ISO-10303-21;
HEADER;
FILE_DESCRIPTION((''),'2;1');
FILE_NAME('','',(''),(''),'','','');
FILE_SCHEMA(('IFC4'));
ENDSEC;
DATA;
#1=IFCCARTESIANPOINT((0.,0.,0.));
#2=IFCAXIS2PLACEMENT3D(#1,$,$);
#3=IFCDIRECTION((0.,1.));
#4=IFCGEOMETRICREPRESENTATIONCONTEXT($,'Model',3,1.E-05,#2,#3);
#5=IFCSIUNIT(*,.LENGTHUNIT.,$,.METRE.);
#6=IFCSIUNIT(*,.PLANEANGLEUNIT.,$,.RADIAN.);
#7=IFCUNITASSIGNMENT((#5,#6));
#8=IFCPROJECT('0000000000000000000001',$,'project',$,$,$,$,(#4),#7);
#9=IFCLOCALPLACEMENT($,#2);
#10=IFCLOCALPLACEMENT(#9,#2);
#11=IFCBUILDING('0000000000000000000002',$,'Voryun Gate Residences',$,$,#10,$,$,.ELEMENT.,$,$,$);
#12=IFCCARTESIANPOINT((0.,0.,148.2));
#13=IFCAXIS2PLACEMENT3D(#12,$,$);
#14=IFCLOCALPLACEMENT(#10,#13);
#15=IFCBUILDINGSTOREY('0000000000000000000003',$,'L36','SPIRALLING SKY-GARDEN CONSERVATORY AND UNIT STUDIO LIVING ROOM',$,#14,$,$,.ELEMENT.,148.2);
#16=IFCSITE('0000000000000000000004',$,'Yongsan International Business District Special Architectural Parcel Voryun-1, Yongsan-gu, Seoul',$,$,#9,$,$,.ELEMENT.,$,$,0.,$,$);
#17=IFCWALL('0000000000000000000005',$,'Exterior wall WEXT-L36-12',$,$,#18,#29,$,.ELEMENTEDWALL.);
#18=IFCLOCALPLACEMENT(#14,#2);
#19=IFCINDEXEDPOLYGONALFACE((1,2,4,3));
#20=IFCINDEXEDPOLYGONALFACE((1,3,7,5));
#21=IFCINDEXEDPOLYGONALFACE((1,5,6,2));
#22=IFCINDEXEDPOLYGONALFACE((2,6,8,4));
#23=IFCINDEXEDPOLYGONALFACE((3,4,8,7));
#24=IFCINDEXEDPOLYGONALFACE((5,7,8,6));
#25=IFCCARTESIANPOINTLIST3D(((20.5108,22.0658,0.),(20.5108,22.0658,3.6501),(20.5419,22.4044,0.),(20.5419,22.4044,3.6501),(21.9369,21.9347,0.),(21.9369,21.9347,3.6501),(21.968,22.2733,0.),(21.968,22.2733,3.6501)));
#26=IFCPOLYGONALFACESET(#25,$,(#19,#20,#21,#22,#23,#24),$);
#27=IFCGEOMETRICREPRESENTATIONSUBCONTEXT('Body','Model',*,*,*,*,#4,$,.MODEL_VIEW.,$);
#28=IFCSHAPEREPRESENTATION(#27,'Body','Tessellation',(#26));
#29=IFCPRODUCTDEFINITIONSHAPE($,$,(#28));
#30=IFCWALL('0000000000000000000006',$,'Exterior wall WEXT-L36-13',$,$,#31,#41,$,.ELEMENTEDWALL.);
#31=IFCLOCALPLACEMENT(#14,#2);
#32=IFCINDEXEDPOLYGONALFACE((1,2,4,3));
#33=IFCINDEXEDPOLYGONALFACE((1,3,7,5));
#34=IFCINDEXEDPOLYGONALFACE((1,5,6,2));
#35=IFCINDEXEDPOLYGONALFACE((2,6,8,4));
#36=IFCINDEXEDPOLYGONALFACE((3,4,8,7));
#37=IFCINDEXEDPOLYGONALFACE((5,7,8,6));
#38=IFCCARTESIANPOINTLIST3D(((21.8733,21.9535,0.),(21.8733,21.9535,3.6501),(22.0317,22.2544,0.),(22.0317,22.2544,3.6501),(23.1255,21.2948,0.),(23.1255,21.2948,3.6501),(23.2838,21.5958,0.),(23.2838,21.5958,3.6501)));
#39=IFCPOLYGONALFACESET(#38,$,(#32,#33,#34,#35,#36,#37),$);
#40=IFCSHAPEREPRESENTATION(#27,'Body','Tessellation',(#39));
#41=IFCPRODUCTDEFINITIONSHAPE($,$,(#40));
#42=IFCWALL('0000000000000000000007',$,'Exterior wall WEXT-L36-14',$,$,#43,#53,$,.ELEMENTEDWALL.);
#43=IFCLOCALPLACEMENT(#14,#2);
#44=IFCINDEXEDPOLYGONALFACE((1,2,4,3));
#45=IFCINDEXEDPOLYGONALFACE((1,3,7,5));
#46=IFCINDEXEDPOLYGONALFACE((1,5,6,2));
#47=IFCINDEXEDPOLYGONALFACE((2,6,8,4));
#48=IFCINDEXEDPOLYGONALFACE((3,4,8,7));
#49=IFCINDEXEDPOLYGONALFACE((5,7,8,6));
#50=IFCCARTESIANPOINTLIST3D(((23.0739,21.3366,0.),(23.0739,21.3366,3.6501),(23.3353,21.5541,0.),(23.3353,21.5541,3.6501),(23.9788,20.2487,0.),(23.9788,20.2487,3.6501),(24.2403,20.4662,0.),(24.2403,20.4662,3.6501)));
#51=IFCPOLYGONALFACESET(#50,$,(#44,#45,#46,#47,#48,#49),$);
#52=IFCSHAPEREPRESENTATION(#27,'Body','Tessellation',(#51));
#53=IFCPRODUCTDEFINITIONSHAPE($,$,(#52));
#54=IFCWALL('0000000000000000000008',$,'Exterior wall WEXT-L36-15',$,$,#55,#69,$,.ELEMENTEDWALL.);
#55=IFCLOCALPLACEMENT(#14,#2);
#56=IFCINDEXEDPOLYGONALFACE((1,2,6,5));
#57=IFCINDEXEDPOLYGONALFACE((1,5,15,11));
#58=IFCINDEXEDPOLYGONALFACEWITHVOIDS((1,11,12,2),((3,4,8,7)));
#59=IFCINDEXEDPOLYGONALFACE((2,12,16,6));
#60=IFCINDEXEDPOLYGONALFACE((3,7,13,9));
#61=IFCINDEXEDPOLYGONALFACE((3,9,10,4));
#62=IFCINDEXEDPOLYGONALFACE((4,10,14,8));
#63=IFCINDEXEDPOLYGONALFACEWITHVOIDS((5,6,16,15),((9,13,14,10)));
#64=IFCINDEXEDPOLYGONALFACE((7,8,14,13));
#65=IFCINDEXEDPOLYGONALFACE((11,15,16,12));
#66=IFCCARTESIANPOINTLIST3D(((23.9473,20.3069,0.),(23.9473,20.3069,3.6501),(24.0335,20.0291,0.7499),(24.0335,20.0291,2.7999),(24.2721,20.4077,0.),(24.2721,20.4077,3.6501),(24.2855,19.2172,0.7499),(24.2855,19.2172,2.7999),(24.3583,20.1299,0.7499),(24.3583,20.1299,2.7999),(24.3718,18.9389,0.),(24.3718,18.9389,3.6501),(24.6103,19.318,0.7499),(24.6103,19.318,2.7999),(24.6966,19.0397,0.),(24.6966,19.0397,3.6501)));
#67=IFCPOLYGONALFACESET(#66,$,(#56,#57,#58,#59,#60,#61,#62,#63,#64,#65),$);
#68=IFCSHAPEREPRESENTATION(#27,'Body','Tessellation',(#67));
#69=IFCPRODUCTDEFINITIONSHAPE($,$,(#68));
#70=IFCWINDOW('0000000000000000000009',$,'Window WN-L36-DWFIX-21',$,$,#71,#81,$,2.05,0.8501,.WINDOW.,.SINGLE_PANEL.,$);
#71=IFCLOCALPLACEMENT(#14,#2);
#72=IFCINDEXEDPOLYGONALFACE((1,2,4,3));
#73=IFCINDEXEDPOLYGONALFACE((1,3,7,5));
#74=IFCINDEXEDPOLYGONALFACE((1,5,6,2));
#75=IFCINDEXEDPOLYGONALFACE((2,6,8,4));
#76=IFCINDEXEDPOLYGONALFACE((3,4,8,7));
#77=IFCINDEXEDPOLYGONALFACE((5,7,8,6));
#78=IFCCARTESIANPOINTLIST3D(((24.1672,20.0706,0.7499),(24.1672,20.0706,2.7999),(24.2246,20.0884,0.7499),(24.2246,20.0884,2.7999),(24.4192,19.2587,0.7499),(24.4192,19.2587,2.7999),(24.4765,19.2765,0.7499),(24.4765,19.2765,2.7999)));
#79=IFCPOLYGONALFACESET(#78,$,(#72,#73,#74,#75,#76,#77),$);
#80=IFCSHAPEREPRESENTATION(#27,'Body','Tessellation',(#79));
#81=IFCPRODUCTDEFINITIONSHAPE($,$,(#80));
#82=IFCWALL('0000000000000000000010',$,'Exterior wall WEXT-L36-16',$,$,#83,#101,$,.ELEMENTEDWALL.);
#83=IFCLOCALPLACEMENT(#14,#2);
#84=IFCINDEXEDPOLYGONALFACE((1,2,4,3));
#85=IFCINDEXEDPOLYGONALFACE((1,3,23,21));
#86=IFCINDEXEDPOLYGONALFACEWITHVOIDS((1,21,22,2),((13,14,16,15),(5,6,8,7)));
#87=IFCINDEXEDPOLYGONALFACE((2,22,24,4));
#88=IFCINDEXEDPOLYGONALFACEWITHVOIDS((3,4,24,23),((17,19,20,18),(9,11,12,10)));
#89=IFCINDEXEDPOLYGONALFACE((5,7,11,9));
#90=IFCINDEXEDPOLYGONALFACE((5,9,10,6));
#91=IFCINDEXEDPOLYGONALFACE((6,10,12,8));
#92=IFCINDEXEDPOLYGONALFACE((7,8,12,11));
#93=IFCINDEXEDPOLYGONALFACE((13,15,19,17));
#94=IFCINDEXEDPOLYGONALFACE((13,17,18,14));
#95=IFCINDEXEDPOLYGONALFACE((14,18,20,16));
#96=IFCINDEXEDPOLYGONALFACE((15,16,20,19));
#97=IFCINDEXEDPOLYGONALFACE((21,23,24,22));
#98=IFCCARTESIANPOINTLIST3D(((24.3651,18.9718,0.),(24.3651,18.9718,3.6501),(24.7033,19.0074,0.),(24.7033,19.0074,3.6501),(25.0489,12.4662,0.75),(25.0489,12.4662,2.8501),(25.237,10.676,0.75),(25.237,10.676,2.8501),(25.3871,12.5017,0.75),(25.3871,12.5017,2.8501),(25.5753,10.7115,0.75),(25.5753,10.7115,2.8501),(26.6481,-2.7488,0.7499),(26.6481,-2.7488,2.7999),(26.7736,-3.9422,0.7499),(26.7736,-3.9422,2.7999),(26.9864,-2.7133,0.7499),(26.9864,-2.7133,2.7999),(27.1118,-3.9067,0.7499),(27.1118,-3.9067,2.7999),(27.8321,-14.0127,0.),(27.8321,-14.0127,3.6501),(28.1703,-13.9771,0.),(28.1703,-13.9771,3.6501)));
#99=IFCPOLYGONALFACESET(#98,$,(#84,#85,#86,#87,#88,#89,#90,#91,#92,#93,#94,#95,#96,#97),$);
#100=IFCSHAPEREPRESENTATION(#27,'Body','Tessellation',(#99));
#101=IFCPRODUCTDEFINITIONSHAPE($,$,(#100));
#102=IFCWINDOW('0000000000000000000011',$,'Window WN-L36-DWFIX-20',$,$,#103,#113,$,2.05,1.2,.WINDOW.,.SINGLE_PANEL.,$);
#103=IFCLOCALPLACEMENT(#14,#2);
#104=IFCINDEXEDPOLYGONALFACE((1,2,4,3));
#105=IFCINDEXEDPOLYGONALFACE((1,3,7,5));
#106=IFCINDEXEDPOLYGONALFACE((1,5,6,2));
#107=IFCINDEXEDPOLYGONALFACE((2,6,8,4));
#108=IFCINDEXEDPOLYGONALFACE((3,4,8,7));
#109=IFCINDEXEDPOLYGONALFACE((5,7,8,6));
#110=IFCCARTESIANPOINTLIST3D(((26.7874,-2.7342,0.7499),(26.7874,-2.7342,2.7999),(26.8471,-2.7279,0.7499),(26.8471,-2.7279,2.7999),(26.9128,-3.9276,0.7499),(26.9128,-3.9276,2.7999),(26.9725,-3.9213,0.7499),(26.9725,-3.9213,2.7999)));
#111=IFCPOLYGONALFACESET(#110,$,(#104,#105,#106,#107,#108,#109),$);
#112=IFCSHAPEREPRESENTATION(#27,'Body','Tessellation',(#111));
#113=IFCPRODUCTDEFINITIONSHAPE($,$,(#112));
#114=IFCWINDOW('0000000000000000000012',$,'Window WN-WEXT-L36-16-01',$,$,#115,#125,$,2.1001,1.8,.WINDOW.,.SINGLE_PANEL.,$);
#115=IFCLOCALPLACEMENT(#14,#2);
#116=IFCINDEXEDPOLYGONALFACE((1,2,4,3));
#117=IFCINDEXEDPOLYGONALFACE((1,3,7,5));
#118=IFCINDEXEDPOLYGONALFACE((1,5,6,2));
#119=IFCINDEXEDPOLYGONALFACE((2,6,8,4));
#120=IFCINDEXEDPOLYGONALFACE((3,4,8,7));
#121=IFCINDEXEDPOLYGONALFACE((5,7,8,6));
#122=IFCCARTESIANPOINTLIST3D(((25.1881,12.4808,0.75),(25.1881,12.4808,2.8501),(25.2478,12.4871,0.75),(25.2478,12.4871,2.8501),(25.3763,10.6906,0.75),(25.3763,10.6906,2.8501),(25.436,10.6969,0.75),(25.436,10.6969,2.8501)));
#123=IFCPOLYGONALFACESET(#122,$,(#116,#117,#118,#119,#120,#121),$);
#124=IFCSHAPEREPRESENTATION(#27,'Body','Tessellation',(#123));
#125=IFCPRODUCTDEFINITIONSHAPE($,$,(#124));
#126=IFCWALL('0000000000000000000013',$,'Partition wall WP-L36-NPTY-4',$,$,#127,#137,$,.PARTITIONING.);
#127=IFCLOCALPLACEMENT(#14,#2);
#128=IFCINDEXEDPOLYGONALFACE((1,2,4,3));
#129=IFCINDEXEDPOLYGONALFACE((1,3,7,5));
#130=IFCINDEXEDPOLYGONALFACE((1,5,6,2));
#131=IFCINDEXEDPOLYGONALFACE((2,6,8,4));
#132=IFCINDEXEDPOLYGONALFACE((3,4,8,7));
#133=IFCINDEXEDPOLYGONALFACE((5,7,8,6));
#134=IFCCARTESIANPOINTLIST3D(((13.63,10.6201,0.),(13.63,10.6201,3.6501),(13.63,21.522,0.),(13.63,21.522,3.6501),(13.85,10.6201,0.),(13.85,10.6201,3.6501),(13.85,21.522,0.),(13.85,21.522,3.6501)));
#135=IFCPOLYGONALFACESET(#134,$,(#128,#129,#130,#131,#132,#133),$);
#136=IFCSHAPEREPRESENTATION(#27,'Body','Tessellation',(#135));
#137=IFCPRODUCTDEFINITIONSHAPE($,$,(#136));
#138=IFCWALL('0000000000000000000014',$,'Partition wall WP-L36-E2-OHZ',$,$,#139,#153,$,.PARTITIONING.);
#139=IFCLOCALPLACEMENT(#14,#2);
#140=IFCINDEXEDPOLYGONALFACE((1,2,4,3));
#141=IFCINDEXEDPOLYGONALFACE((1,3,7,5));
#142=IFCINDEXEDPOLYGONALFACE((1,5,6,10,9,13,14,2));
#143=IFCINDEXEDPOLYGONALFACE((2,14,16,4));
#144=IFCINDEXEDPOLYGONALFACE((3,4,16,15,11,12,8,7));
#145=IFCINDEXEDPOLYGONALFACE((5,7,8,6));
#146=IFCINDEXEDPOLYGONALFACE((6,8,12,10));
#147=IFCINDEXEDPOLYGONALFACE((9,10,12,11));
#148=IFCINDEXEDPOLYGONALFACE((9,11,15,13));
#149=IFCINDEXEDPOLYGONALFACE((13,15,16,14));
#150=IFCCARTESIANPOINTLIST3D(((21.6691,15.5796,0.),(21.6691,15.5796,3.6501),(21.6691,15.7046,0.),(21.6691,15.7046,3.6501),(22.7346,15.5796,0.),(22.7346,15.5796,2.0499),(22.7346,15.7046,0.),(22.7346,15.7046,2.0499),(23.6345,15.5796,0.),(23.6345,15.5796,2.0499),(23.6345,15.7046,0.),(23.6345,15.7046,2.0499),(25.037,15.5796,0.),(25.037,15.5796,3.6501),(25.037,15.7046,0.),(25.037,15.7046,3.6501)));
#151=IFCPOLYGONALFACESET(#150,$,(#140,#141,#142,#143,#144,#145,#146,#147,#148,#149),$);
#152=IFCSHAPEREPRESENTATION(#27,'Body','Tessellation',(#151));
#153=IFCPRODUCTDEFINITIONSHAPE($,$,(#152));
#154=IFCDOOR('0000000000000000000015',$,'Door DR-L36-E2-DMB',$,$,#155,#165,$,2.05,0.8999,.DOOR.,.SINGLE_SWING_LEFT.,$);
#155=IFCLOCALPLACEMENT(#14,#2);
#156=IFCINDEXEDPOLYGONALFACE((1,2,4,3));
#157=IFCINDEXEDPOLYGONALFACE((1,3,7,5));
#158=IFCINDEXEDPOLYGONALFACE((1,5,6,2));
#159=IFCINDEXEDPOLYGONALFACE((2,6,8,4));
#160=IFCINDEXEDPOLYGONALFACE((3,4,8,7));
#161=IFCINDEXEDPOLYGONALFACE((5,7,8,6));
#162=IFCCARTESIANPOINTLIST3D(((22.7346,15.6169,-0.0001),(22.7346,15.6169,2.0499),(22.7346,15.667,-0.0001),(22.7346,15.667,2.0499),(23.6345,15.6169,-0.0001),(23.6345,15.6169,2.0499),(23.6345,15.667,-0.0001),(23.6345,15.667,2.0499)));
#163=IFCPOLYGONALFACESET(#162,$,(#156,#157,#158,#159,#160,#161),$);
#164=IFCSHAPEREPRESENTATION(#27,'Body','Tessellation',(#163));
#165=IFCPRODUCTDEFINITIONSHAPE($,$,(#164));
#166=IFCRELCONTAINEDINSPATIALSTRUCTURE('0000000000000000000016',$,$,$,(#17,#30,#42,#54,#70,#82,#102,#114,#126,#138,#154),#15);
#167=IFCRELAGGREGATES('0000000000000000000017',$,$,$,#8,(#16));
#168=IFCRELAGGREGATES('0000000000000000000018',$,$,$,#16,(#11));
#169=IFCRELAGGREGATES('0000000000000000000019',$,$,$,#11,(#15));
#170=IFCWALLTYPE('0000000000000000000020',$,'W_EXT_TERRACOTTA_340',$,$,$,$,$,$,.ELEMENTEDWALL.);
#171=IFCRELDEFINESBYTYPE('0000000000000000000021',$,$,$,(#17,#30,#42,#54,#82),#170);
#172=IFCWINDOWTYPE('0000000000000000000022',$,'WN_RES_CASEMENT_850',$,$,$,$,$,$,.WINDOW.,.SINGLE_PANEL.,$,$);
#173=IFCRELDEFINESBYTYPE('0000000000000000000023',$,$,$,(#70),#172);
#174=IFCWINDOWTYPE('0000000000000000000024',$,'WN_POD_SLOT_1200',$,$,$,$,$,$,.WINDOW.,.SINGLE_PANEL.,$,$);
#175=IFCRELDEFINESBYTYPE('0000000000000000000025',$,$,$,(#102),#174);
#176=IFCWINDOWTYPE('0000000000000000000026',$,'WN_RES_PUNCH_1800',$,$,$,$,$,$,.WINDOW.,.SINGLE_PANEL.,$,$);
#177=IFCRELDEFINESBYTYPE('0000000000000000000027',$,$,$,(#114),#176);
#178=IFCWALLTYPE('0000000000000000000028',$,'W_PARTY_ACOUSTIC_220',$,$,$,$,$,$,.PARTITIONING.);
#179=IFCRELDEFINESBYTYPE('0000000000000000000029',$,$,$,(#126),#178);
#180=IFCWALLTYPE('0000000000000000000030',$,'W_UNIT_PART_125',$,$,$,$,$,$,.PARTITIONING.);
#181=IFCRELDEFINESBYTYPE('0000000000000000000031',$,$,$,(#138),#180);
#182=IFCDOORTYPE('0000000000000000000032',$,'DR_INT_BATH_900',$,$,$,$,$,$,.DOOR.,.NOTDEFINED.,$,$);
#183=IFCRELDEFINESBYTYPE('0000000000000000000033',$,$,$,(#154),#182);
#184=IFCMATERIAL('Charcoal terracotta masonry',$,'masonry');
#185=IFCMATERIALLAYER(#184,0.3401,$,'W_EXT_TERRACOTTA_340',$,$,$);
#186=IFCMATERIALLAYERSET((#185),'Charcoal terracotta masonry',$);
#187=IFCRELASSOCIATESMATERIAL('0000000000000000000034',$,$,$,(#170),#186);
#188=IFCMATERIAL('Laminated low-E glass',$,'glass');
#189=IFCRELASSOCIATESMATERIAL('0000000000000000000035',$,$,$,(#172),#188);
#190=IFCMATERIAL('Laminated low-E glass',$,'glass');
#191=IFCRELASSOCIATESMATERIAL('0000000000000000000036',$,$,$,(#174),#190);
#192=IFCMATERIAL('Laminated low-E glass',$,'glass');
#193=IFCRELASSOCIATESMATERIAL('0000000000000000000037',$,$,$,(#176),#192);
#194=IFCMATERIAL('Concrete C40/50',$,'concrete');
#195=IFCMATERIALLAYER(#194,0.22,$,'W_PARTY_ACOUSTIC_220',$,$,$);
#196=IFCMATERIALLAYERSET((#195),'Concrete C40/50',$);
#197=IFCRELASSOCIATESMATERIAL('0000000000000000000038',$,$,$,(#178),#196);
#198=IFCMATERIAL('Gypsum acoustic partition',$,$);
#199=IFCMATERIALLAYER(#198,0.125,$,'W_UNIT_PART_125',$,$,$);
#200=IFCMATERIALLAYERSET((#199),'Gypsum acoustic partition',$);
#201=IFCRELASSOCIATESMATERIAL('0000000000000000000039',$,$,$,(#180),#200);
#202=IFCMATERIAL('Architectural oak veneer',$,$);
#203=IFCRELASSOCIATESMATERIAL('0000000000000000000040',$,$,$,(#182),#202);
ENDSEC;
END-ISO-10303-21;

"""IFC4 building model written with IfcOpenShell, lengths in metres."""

from ifc_helpers import new_model, si_unit, direction, frame, frame_2d, origin, place, context, subcontext, project, spatial, rectangle, extrude, material, layer, layer_set, type_object, element, fill, save


model = new_model("IFC4")

# Units and contexts
model_context = context("Model", 3, precision=1e-05, world=origin(), true_north=direction((0.0, 1.0)))
body_context = subcontext(model_context, "Body", "Model", "MODEL_VIEW")
ifc_project = project(units=[si_unit("LENGTHUNIT", "METRE"), si_unit("PLANEANGLEUNIT", "RADIAN")], contexts=[model_context])

# Site, building, storey
site_placement = place(None, origin())
site = spatial("IfcSite", under=ifc_project, at=site_placement, Name="Yongsan International Business District Special Architectural Parcel Voryun-1, Yongsan-gu, Seoul", CompositionType="ELEMENT", RefElevation=0.0)
building_placement = place(site_placement, origin())
building = spatial("IfcBuilding", under=site, at=building_placement, Name="Voryun Gate Residences", CompositionType="ELEMENT")
storey_placement = place(building_placement, frame((0.0, 0.0, 148.2)))
storey = spatial("IfcBuildingStorey", under=building, at=storey_placement, Name="L36", Description="SPIRALLING SKY-GARDEN CONSERVATORY AND UNIT STUDIO LIVING ROOM", CompositionType="ELEMENT", Elevation=148.2)

# Walls
ifc_material_1 = material(Name="Charcoal terracotta masonry", Category="masonry")
ifc_layer_1 = layer(ifc_material_1, 0.3401, Name="W_EXT_TERRACOTTA_340")
ifc_layer_set_1 = layer_set([ifc_layer_1], Name="Charcoal terracotta masonry")
wall_type_1 = type_object("IfcWallType", Name="W_EXT_TERRACOTTA_340", PredefinedType="ELEMENTEDWALL", material=ifc_layer_set_1)
wall_1_placement = place(storey_placement, frame((20.5264, 22.2351, 0.0), z_axis=(0.0, 0.0, 1.0), x_axis=(0.9958, -0.09155, 0.0)))
element("IfcWall", 1, at=wall_1_placement, inside=storey, type_object=wall_type_1, Name="Exterior wall WEXT-L36-12", PredefinedType="ELEMENTEDWALL", context=body_context, shape_type="SweptSolid", body=[
    extrude(rectangle(XDim=1.4321, YDim=0.3401, at=frame_2d((0.7161, 0.0))), origin(), (0.0, 0.0, 1.0), 3.6501),
])
wall_2_placement = place(storey_placement, frame((21.9524, 22.104, 0.0), z_axis=(0.0, 0.0, 1.0), x_axis=(0.885023, -0.465547, 0.0)))
element("IfcWall", 2, at=wall_2_placement, inside=storey, type_object=wall_type_1, Name="Exterior wall WEXT-L36-13", PredefinedType="ELEMENTEDWALL", context=body_context, shape_type="SweptSolid", body=[
    extrude(rectangle(XDim=1.4148, YDim=0.3401, at=frame_2d((0.7075, 0.0))), origin(), (0.0, 0.0, 1.0), 3.6501),
])
wall_3_placement = place(storey_placement, frame((23.2046, 21.4453, 0.0), z_axis=(0.0, 0.0, 1.0), x_axis=(0.639539, -0.768758, 0.0)))
element("IfcWall", 3, at=wall_3_placement, inside=storey, type_object=wall_type_1, Name="Exterior wall WEXT-L36-14", PredefinedType="ELEMENTEDWALL", context=body_context, shape_type="SweptSolid", body=[
    extrude(rectangle(XDim=1.415, YDim=0.3401, at=frame_2d((0.7075, 0.0))), origin(), (0.0, 0.0, 1.0), 3.6501),
])

# Wall, opening, window
wall_4_placement = place(storey_placement, frame((24.1096, 20.3574, 0.0), z_axis=(0.0, 0.0, 1.0), x_axis=(0.296421, -0.955057, 0.0)))
wall_4 = element("IfcWall", 4, at=wall_4_placement, inside=storey, type_object=wall_type_1, Name="Exterior wall WEXT-L36-15", PredefinedType="ELEMENTEDWALL", context=body_context, shape_type="SweptSolid", body=[
    extrude(rectangle(XDim=1.4324, YDim=0.3401, at=frame_2d((0.7163, 0.0))), origin(), (0.0, 0.0, 1.0), 3.6501),
])
opening_1_placement = place(wall_4_placement, frame((0.291, 0.0, 0.75)))
opening_1 = element("IfcOpeningElement", 5, at=opening_1_placement, cuts=wall_4, PredefinedType="OPENING", context=body_context, shape_type="SweptSolid", body=[
    extrude(rectangle(XDim=0.8501, YDim=2.05, at=frame_2d((0.425, 1.0249))), frame((0.0, 0.1799, 0.0), z_axis=(0.0, -1.0, 0.0), x_axis=(1.0, 0.0, 0.0)), (0.0, 0.0, 1.0), 0.3601),
])
ifc_material_2 = material(Name="Laminated low-E glass", Category="glass")
window_type_1 = type_object("IfcWindowType", Name="WN_RES_CASEMENT_850", PartitioningType="SINGLE_PANEL", PredefinedType="WINDOW", material=ifc_material_2)
window_1_placement = place(opening_1_placement, origin())
window_1 = element("IfcWindow", 6, at=window_1_placement, inside=storey, type_object=window_type_1, Name="Window WN-L36-DWFIX-21", OverallHeight=2.05, OverallWidth=0.8501, PartitioningType="SINGLE_PANEL", PredefinedType="WINDOW", context=body_context, shape_type="SweptSolid", body=[
    extrude(rectangle(XDim=0.8501, YDim=2.05, at=frame_2d((0.425, 1.0249))), frame((0.0, 0.03, 0.0), z_axis=(0.0, -1.0, 0.0), x_axis=(1.0, 0.0, 0.0)), (0.0, 0.0, 1.0), 0.0601),
])
fill(opening_1, window_1)

# Wall, openings, windows
wall_5_placement = place(storey_placement, frame((24.5342, 18.9895, 0.0), z_axis=(0.0, 0.0, 1.0), x_axis=(0.104535, -0.994521, 0.0)))
wall_5 = element("IfcWall", 7, at=wall_5_placement, inside=storey, type_object=wall_type_1, Name="Exterior wall WEXT-L36-16", PredefinedType="ELEMENTEDWALL", context=body_context, shape_type="SweptSolid", body=[
    extrude(rectangle(XDim=33.1663, YDim=0.3401, at=frame_2d((16.583, 0.0))), origin(), (0.0, 0.0, 1.0), 3.6501),
])
opening_2_placement = place(wall_5_placement, frame((6.5415, 0.0, 0.75)))
opening_2 = element("IfcOpeningElement", 8, at=opening_2_placement, cuts=wall_5, PredefinedType="OPENING", context=body_context, shape_type="SweptSolid", body=[
    extrude(rectangle(XDim=1.8, YDim=2.1001, at=frame_2d((0.8999, 1.05))), frame((0.0, 0.1799, 0.0), z_axis=(0.0, -1.0, 0.0), x_axis=(1.0, 0.0, 0.0)), (0.0, 0.0, 1.0), 0.3601),
])
opening_3_placement = place(wall_5_placement, frame((21.8401, 0.0, 0.75)))
opening_3 = element("IfcOpeningElement", 9, at=opening_3_placement, cuts=wall_5, PredefinedType="OPENING", context=body_context, shape_type="SweptSolid", body=[
    extrude(rectangle(XDim=1.2, YDim=2.05, at=frame_2d((0.6001, 1.0249))), frame((0.0, 0.1799, 0.0), z_axis=(0.0, -1.0, 0.0), x_axis=(1.0, 0.0, 0.0)), (0.0, 0.0, 1.0), 0.3601),
])
ifc_material_3 = material(Name="Laminated low-E glass", Category="glass")
window_type_2 = type_object("IfcWindowType", Name="WN_POD_SLOT_1200", PartitioningType="SINGLE_PANEL", PredefinedType="WINDOW", material=ifc_material_3)
window_2_placement = place(opening_3_placement, origin())
window_2 = element("IfcWindow", 10, at=window_2_placement, inside=storey, type_object=window_type_2, Name="Window WN-L36-DWFIX-20", OverallHeight=2.05, OverallWidth=1.2, PartitioningType="SINGLE_PANEL", PredefinedType="WINDOW", context=body_context, shape_type="SweptSolid", body=[
    extrude(rectangle(XDim=1.2, YDim=2.05, at=frame_2d((0.6001, 1.0249))), frame((0.0, 0.03, 0.0), z_axis=(0.0, -1.0, 0.0), x_axis=(1.0, 0.0, 0.0)), (0.0, 0.0, 1.0), 0.0601),
])
fill(opening_3, window_2)
ifc_material_4 = material(Name="Laminated low-E glass", Category="glass")
window_type_3 = type_object("IfcWindowType", Name="WN_RES_PUNCH_1800", PartitioningType="SINGLE_PANEL", PredefinedType="WINDOW", material=ifc_material_4)
window_3_placement = place(opening_2_placement, origin())
window_3 = element("IfcWindow", 11, at=window_3_placement, inside=storey, type_object=window_type_3, Name="Window WN-WEXT-L36-16-01", OverallHeight=2.1001, OverallWidth=1.8, PartitioningType="SINGLE_PANEL", PredefinedType="WINDOW", context=body_context, shape_type="SweptSolid", body=[
    extrude(rectangle(XDim=1.8, YDim=2.1001, at=frame_2d((0.8999, 1.05))), frame((0.0, 0.03, 0.0), z_axis=(0.0, -1.0, 0.0), x_axis=(1.0, 0.0, 0.0)), (0.0, 0.0, 1.0), 0.0601),
])
fill(opening_2, window_3)

# Wall
ifc_material_5 = material(Name="Concrete C40/50", Category="concrete")
ifc_layer_2 = layer(ifc_material_5, 0.22, Name="W_PARTY_ACOUSTIC_220")
ifc_layer_set_2 = layer_set([ifc_layer_2], Name="Concrete C40/50")
wall_type_2 = type_object("IfcWallType", Name="W_PARTY_ACOUSTIC_220", PredefinedType="PARTITIONING", material=ifc_layer_set_2)
wall_6_placement = place(storey_placement, frame((13.74, 10.6201, 0.0), z_axis=(0.0, 0.0, 1.0), x_axis=(0.0, 1.0, 0.0)))
element("IfcWall", 12, at=wall_6_placement, inside=storey, type_object=wall_type_2, Name="Partition wall WP-L36-NPTY-4", PredefinedType="PARTITIONING", context=body_context, shape_type="SweptSolid", body=[
    extrude(rectangle(XDim=10.9019, YDim=0.22, at=frame_2d((5.4509, 0.0))), origin(), (0.0, 0.0, 1.0), 3.6501),
])

# Wall, opening, door
ifc_material_6 = material(Name="Gypsum acoustic partition")
ifc_layer_3 = layer(ifc_material_6, 0.125, Name="W_UNIT_PART_125")
ifc_layer_set_3 = layer_set([ifc_layer_3], Name="Gypsum acoustic partition")
wall_type_3 = type_object("IfcWallType", Name="W_UNIT_PART_125", PredefinedType="PARTITIONING", material=ifc_layer_set_3)
wall_7_placement = place(storey_placement, frame((21.6689, 15.6421, 0.0), z_axis=(0.0, 0.0, 1.0), x_axis=(1.0, 0.0, 0.0)))
wall_7 = element("IfcWall", 13, at=wall_7_placement, inside=storey, type_object=wall_type_3, Name="Partition wall WP-L36-E2-OHZ", PredefinedType="PARTITIONING", context=body_context, shape_type="SweptSolid", body=[
    extrude(rectangle(XDim=3.3679, YDim=0.125, at=frame_2d((1.6841, 0.0))), origin(), (0.0, 0.0, 1.0), 3.6501),
])
opening_4_placement = place(wall_7_placement, frame((1.0657, 0.0, 0.0)))
opening_4 = element("IfcOpeningElement", 14, at=opening_4_placement, cuts=wall_7, PredefinedType="OPENING", context=body_context, shape_type="SweptSolid", body=[
    extrude(rectangle(XDim=0.8999, YDim=2.05, at=frame_2d((0.45, 1.0249))), frame((0.0, 0.0725, 0.0), z_axis=(0.0, -1.0, 0.0), x_axis=(1.0, 0.0, 0.0)), (0.0, 0.0, 1.0), 0.145),
])
ifc_material_7 = material(Name="Architectural oak veneer")
door_type = type_object("IfcDoorType", Name="DR_INT_BATH_900", OperationType="NOTDEFINED", PredefinedType="DOOR", material=ifc_material_7)
door_1_placement = place(opening_4_placement, origin())
door_1 = element("IfcDoor", 15, at=door_1_placement, inside=storey, type_object=door_type, Name="Door DR-L36-E2-DMB", OperationType="SINGLE_SWING_LEFT", OverallHeight=2.05, OverallWidth=0.8999, PredefinedType="DOOR", context=body_context, shape_type="SweptSolid", body=[
    extrude(rectangle(XDim=0.8999, YDim=2.05, at=frame_2d((0.45, 1.0249))), frame((0.0, 0.0249, 0.0), z_axis=(0.0, -1.0, 0.0), x_axis=(1.0, 0.0, 0.0)), (0.0, 0.0, 1.0), 0.05),
])
fill(opening_4, door_1)

save(model, "model.ifc")
